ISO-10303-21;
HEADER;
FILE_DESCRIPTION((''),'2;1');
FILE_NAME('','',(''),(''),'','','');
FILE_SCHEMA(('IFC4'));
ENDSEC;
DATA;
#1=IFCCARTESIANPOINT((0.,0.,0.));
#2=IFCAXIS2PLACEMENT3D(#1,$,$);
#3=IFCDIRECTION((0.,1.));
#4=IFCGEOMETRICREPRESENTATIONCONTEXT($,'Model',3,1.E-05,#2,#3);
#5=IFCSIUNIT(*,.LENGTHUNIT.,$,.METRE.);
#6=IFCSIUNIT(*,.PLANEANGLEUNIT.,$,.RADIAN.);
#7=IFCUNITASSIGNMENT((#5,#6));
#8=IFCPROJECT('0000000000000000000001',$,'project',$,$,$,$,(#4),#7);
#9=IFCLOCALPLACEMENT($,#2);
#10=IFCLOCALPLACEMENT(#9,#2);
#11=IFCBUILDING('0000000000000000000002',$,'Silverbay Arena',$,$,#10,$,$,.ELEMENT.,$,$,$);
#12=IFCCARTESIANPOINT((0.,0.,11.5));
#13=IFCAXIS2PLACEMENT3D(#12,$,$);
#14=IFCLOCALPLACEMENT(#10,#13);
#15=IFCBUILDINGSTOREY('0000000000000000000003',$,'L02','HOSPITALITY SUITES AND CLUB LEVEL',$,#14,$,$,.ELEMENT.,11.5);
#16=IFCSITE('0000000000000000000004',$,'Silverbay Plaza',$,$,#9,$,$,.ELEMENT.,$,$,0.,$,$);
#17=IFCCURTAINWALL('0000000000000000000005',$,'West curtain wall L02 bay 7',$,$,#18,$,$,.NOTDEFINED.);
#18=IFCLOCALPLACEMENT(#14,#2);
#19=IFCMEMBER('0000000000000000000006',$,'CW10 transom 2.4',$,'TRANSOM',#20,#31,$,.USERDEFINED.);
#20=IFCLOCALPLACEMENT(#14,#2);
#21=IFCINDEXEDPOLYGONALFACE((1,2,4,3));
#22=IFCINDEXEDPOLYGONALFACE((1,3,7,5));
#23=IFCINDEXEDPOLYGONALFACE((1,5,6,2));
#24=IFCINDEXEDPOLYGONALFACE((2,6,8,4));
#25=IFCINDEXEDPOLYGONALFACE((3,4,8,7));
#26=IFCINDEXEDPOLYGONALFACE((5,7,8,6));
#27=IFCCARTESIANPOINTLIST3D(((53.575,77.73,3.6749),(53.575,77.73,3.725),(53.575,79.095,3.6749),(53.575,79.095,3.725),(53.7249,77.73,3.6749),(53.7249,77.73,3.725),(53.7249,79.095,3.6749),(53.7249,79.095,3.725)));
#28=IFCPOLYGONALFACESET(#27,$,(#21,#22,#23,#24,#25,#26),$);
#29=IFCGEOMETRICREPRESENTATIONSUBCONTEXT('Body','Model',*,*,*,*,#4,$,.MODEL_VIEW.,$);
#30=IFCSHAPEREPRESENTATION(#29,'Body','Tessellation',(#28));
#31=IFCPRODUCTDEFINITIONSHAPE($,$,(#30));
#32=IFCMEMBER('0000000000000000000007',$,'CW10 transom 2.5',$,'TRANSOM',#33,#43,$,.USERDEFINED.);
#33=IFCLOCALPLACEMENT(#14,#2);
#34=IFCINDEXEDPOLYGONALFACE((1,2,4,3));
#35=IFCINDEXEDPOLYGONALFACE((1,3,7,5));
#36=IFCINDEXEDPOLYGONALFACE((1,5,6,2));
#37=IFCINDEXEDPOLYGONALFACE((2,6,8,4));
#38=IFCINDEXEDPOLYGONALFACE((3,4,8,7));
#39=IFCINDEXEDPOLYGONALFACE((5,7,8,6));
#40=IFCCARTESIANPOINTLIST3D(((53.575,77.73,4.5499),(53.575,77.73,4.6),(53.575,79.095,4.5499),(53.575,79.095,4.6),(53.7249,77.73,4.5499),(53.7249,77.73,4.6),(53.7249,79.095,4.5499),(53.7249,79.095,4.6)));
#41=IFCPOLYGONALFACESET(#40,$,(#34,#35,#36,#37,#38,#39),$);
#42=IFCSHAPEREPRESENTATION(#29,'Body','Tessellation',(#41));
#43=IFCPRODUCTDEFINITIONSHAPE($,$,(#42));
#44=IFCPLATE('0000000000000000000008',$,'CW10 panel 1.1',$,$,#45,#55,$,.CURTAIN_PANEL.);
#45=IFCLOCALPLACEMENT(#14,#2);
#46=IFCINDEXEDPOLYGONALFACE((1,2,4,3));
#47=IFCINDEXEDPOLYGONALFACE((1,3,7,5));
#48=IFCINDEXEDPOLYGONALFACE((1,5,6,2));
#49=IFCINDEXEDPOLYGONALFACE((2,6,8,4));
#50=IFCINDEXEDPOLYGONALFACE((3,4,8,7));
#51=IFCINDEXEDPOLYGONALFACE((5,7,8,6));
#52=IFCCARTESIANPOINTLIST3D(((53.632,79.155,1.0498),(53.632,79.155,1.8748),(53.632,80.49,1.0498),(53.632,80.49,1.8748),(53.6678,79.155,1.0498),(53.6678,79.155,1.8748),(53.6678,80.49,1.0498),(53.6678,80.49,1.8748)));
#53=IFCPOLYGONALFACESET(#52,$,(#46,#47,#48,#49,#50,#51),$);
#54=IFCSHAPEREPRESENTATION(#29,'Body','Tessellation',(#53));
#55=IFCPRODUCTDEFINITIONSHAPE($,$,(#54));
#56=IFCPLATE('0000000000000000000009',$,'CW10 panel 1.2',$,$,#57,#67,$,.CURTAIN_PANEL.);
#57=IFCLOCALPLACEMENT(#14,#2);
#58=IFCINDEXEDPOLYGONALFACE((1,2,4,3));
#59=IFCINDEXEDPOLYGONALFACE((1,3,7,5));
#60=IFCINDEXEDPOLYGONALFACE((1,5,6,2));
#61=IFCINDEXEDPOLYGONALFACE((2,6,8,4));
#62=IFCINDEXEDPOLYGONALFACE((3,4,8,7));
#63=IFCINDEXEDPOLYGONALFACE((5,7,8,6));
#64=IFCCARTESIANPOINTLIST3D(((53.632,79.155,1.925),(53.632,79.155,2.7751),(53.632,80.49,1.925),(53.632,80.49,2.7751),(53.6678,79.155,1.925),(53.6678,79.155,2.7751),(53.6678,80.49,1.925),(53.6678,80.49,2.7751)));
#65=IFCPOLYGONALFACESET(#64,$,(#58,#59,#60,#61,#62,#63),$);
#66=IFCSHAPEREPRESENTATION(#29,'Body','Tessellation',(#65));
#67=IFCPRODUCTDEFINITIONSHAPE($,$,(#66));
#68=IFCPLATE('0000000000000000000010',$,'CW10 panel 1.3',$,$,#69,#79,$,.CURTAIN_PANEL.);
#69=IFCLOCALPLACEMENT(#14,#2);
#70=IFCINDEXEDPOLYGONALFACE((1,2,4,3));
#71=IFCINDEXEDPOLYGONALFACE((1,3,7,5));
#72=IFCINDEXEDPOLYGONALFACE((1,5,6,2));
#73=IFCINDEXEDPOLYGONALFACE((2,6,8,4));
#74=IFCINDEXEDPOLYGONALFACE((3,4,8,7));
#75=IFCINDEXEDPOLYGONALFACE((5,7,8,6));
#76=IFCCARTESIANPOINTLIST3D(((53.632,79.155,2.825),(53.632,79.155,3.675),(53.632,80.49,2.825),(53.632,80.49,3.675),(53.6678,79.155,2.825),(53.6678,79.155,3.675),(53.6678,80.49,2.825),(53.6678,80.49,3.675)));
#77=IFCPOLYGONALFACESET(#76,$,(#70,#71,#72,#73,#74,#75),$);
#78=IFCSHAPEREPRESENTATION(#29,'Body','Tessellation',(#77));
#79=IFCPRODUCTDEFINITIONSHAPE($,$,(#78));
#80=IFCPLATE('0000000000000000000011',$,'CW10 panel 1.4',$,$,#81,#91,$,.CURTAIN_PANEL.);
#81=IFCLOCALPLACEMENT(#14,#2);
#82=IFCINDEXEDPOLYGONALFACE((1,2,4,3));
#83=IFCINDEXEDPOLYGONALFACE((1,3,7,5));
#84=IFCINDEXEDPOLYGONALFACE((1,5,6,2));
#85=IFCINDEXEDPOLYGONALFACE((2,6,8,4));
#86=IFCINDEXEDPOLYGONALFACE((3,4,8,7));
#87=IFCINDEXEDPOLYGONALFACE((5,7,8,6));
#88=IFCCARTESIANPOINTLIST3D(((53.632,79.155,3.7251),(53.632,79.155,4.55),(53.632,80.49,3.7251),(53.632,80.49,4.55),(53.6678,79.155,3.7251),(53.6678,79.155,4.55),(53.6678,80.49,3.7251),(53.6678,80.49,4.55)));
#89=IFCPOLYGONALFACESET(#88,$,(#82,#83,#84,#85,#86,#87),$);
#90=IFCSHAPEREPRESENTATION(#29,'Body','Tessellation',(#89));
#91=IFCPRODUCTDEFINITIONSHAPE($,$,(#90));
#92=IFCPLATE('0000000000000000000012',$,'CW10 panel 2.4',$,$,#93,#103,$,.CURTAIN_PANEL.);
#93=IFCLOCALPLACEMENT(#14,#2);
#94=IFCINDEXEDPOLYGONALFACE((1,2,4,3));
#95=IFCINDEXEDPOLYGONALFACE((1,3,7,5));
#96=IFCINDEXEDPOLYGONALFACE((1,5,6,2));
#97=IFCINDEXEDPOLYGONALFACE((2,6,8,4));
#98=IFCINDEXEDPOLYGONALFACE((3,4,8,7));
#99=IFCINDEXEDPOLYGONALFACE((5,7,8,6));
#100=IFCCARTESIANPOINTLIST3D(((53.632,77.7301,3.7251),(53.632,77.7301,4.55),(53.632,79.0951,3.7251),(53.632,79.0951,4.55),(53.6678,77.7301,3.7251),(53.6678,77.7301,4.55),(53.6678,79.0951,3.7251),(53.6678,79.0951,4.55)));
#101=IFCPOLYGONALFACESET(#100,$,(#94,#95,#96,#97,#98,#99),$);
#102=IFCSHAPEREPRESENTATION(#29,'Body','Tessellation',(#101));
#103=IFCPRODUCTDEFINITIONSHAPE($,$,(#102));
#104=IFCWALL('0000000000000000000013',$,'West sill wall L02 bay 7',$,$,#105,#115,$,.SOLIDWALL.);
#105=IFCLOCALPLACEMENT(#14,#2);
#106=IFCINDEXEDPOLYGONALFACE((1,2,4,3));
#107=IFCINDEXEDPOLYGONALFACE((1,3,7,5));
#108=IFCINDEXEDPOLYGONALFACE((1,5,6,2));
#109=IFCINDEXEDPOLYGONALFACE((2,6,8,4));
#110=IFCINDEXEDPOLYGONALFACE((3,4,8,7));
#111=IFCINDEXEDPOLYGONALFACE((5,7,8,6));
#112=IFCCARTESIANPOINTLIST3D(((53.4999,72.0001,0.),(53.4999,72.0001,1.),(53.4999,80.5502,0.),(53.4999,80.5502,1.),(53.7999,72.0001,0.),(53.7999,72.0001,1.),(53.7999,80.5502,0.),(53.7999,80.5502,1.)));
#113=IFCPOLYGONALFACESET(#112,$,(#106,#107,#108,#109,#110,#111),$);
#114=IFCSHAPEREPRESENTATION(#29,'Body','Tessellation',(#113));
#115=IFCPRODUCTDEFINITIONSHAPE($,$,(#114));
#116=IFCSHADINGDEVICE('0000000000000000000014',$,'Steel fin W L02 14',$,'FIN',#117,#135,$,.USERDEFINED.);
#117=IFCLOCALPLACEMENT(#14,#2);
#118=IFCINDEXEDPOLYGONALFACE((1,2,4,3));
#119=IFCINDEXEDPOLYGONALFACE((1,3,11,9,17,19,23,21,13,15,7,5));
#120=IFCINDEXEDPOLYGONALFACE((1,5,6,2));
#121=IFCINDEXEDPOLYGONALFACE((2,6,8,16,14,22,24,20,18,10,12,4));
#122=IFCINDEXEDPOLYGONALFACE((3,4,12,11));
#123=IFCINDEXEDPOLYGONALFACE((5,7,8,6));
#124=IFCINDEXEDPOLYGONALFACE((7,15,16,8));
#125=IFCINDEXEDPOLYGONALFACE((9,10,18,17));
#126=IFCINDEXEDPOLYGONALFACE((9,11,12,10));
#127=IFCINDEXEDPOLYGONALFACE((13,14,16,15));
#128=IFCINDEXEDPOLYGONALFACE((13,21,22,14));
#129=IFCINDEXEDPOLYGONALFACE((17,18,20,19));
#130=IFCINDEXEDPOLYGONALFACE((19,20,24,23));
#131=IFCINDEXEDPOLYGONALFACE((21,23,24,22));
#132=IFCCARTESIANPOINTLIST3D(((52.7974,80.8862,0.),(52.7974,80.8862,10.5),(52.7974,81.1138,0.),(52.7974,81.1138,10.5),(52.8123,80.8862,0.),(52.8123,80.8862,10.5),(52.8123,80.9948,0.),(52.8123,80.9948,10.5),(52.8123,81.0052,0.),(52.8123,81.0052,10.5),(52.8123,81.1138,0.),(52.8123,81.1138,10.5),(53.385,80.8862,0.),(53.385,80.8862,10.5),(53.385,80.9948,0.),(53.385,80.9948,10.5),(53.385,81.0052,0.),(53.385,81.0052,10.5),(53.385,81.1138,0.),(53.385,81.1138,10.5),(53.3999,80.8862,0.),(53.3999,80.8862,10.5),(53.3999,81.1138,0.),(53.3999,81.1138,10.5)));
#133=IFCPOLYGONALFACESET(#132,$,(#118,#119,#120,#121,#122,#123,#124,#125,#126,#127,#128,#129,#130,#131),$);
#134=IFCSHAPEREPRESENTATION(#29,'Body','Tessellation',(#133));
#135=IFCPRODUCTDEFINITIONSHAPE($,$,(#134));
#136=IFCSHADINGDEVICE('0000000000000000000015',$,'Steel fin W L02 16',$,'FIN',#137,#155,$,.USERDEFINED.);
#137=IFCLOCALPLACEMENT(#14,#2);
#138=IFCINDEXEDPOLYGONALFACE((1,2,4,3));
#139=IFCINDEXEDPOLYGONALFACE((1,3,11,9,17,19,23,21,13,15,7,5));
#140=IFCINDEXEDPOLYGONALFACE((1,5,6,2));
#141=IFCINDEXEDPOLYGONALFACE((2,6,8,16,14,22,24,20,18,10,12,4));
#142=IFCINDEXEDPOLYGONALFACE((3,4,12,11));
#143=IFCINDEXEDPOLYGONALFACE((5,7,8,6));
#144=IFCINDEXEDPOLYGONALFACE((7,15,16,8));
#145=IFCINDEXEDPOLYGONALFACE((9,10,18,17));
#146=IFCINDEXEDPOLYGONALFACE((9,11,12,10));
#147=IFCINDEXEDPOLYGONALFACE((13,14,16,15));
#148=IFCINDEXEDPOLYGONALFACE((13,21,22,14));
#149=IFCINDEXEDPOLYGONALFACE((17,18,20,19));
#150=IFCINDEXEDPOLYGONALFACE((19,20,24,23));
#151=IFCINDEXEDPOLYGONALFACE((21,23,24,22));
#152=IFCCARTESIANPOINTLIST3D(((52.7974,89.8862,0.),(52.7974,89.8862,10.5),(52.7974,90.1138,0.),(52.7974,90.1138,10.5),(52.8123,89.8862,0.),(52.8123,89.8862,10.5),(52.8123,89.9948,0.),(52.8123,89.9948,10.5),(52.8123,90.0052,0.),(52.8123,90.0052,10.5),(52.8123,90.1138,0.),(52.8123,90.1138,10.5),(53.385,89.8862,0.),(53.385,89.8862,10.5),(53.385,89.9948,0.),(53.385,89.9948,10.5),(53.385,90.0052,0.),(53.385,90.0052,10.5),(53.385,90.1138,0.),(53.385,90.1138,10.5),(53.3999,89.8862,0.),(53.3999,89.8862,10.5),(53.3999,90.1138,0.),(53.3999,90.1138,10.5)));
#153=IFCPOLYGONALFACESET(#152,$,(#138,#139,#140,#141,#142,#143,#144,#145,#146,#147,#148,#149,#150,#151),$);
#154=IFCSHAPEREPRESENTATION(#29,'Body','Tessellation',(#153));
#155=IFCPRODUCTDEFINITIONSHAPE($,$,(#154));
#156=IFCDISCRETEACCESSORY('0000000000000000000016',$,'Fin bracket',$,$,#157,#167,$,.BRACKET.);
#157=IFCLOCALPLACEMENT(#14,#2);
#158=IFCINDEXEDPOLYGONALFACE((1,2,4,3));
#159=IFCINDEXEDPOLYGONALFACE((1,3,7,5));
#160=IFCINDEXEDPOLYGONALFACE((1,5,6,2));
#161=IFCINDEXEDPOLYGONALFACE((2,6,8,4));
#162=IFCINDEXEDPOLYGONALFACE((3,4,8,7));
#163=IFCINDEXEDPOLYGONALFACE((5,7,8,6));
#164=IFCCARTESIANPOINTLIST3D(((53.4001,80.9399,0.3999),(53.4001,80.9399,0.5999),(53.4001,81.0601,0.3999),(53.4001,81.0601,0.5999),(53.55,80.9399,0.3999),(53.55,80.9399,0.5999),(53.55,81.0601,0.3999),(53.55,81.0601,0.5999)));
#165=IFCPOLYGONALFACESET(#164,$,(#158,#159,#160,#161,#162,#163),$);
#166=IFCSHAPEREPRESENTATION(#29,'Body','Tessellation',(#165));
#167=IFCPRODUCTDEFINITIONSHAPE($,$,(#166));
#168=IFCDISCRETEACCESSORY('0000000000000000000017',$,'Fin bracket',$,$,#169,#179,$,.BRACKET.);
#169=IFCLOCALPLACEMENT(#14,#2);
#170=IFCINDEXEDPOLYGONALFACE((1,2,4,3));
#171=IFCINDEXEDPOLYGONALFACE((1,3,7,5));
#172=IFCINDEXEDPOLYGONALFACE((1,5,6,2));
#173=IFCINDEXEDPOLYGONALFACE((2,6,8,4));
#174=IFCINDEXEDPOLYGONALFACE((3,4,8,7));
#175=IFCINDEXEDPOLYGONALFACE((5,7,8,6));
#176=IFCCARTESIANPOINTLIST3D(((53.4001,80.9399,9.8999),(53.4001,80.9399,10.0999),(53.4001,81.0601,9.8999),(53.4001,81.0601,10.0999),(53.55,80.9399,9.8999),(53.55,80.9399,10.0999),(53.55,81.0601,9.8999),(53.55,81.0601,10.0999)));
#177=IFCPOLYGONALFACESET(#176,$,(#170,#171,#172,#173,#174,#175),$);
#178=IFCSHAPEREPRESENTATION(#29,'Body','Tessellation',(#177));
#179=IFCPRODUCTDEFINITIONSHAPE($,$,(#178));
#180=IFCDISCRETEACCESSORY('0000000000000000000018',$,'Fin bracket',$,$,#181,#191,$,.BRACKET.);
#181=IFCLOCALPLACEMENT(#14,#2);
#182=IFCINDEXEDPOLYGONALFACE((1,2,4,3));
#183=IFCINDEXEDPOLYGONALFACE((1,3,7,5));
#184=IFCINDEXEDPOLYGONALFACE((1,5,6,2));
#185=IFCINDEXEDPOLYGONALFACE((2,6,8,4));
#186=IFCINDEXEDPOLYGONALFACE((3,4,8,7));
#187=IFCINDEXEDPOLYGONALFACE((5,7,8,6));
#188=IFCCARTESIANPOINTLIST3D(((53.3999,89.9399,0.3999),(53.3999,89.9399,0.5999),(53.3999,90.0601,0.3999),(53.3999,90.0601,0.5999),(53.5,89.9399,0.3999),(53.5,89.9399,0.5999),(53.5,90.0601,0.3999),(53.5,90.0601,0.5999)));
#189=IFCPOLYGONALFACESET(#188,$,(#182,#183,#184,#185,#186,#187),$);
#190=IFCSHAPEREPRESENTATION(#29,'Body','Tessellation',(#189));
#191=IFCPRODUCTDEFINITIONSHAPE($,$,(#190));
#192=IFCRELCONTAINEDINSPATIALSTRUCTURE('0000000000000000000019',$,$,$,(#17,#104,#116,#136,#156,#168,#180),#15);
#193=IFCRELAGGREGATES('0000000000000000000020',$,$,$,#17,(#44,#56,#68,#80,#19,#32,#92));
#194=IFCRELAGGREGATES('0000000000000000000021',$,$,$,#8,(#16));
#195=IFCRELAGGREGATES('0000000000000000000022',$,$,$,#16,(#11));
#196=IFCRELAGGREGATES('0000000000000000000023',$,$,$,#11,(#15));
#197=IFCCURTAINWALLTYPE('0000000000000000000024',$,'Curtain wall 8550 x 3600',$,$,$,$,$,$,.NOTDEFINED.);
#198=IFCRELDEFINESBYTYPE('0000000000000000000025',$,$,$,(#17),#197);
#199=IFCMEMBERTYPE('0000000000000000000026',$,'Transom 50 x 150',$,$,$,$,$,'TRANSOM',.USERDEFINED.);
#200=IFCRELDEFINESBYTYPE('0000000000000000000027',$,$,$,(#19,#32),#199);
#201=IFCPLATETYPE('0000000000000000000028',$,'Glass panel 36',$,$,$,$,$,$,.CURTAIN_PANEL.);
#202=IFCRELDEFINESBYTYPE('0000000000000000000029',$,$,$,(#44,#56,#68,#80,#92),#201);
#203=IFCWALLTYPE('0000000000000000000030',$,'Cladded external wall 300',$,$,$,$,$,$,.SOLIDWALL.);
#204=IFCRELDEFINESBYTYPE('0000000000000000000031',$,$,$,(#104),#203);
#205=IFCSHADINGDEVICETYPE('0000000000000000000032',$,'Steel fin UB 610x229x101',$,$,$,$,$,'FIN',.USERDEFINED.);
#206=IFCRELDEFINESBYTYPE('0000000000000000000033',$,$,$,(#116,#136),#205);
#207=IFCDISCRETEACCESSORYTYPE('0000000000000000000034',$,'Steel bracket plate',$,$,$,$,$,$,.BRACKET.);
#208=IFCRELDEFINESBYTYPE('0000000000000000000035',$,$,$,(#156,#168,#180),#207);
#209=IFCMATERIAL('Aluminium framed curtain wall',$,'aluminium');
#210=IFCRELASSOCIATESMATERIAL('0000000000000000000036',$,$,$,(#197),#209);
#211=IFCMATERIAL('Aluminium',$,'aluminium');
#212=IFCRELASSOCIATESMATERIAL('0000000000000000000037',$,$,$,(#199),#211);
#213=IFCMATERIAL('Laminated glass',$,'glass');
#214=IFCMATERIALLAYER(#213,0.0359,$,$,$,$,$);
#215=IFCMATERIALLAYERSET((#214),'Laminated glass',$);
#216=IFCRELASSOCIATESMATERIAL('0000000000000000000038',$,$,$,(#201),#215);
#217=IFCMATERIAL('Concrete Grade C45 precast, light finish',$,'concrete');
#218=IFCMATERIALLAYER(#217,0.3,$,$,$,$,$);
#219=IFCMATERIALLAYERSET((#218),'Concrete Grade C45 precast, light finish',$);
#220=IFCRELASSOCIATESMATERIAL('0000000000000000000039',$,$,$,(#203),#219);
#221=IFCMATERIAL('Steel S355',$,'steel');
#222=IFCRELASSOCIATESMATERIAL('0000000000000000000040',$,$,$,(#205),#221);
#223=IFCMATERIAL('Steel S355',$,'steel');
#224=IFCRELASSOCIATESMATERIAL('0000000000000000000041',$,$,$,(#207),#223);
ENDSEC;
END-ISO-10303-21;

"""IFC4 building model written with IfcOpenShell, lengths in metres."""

from ifc_helpers import new_model, si_unit, direction, frame, frame_2d, origin, origin_2d, place, context, subcontext, project, spatial, rectangle, i_section, extrude, material, layer, layer_set, material_profile, profile_set, type_object, element, aggregate, save


model = new_model("IFC4")

# Units and contexts
model_context = context("Model", 3, precision=1e-05, world=origin(), true_north=direction((0.0, 1.0)))
body_context = subcontext(model_context, "Body", "Model", "MODEL_VIEW")
ifc_project = project(units=[si_unit("LENGTHUNIT", "METRE"), si_unit("PLANEANGLEUNIT", "RADIAN")], contexts=[model_context])

# Site, building, storey
site_placement = place(None, origin())
site = spatial("IfcSite", under=ifc_project, at=site_placement, Name="Silverbay Plaza", CompositionType="ELEMENT", RefElevation=0.0)
building_placement = place(site_placement, origin())
building = spatial("IfcBuilding", under=site, at=building_placement, Name="Silverbay Arena", CompositionType="ELEMENT")
storey_placement = place(building_placement, frame((0.0, 0.0, 11.5)))
storey = spatial("IfcBuildingStorey", under=building, at=storey_placement, Name="L02", Description="HOSPITALITY SUITES AND CLUB LEVEL", CompositionType="ELEMENT", Elevation=11.5)

# Curtain wall
ifc_material_1 = material(Name="Aluminium framed curtain wall", Category="aluminium")
curtain_wall_type = type_object("IfcCurtainWallType", Name="Curtain wall 8550 x 3600", PredefinedType="NOTDEFINED", material=ifc_material_1)
curtain_wall_placement = place(storey_placement, origin())
curtain_wall = element("IfcCurtainWall", 1, at=curtain_wall_placement, inside=storey, type_object=curtain_wall_type, Name="West curtain wall L02 bay 7", PredefinedType="NOTDEFINED")

# Members
ifc_material_2 = material(Name="Aluminium", Category="aluminium")
ifc_material_profile_1 = material_profile(ifc_material_2, rectangle(XDim=0.1499, YDim=0.05, at=origin_2d()), Name="Transom 50 x 150")
ifc_profile_set_1 = profile_set([ifc_material_profile_1], Name="Aluminium")
member_type_1 = type_object("IfcMemberType", Name="Transom 50 x 150", ElementType="TRANSOM", PredefinedType="USERDEFINED", material=ifc_profile_set_1)
member_1_placement = place(storey_placement, frame((53.6499, 79.095, 3.7), z_axis=(0.0, -1.0, 0.0), x_axis=(1.0, 0.0, 0.0)))
member_1 = element("IfcMember", 2, at=member_1_placement, type_object=member_type_1, Name="CW10 transom 2.4", ObjectType="TRANSOM", PredefinedType="USERDEFINED", context=body_context, shape_type="SweptSolid", body=[
    extrude(rectangle(XDim=0.1499, YDim=0.05, at=origin_2d()), origin(), (0.0, 0.0, 1.0), 1.365),
])
member_2_placement = place(storey_placement, frame((53.6499, 79.095, 4.575), z_axis=(0.0, -1.0, 0.0), x_axis=(1.0, 0.0, 0.0)))
member_2 = element("IfcMember", 3, at=member_2_placement, type_object=member_type_1, Name="CW10 transom 2.5", ObjectType="TRANSOM", PredefinedType="USERDEFINED", context=body_context, shape_type="SweptSolid", body=[
    extrude(rectangle(XDim=0.1499, YDim=0.05, at=origin_2d()), origin(), (0.0, 0.0, 1.0), 1.365),
])

# Plates
ifc_material_3 = material(Name="Laminated glass", Category="glass")
ifc_layer_1 = layer(ifc_material_3, 0.0359)
ifc_layer_set_1 = layer_set([ifc_layer_1], Name="Laminated glass")
plate_type = type_object("IfcPlateType", Name="Glass panel 36", PredefinedType="CURTAIN_PANEL", material=ifc_layer_set_1)
plate_1_placement = place(storey_placement, frame((53.6499, 79.8225, 1.0498), z_axis=(0.0, 0.0, 1.0), x_axis=(0.0, -1.0, 0.0)))
plate_1 = element("IfcPlate", 4, at=plate_1_placement, type_object=plate_type, Name="CW10 panel 1.1", PredefinedType="CURTAIN_PANEL", context=body_context, shape_type="SweptSolid", body=[
    extrude(rectangle(XDim=1.335, YDim=0.0359, at=origin_2d()), origin(), (0.0, 0.0, 1.0), 0.825),
])
plate_2_placement = place(storey_placement, frame((53.6499, 79.8225, 1.925), z_axis=(0.0, 0.0, 1.0), x_axis=(0.0, -1.0, 0.0)))
plate_2 = element("IfcPlate", 5, at=plate_2_placement, type_object=plate_type, Name="CW10 panel 1.2", PredefinedType="CURTAIN_PANEL", context=body_context, shape_type="SweptSolid", body=[
    extrude(rectangle(XDim=1.335, YDim=0.0359, at=origin_2d()), origin(), (0.0, 0.0, 1.0), 0.8501),
])
plate_3_placement = place(storey_placement, frame((53.6499, 79.8225, 2.825), z_axis=(0.0, 0.0, 1.0), x_axis=(0.0, -1.0, 0.0)))
plate_3 = element("IfcPlate", 6, at=plate_3_placement, type_object=plate_type, Name="CW10 panel 1.3", PredefinedType="CURTAIN_PANEL", context=body_context, shape_type="SweptSolid", body=[
    extrude(rectangle(XDim=1.335, YDim=0.0359, at=origin_2d()), origin(), (0.0, 0.0, 1.0), 0.8501),
])
plate_4_placement = place(storey_placement, frame((53.6499, 79.8225, 3.7251), z_axis=(0.0, 0.0, 1.0), x_axis=(0.0, -1.0, 0.0)))
plate_4 = element("IfcPlate", 7, at=plate_4_placement, type_object=plate_type, Name="CW10 panel 1.4", PredefinedType="CURTAIN_PANEL", context=body_context, shape_type="SweptSolid", body=[
    extrude(rectangle(XDim=1.335, YDim=0.0359, at=origin_2d()), origin(), (0.0, 0.0, 1.0), 0.825),
])
plate_5_placement = place(storey_placement, frame((53.6499, 78.4126, 3.7251), z_axis=(0.0, 0.0, 1.0), x_axis=(0.0, -1.0, 0.0)))
plate_5 = element("IfcPlate", 8, at=plate_5_placement, type_object=plate_type, Name="CW10 panel 2.4", PredefinedType="CURTAIN_PANEL", context=body_context, shape_type="SweptSolid", body=[
    extrude(rectangle(XDim=1.365, YDim=0.0359, at=origin_2d()), origin(), (0.0, 0.0, 1.0), 0.825),
])
aggregate(curtain_wall, [plate_1, plate_2, plate_3, plate_4, member_1, member_2, plate_5])

# Wall
ifc_material_4 = material(Name="Concrete Grade C45 precast, light finish", Category="concrete")
ifc_layer_2 = layer(ifc_material_4, 0.3)
ifc_layer_set_2 = layer_set([ifc_layer_2], Name="Concrete Grade C45 precast, light finish")
wall_type = type_object("IfcWallType", Name="Cladded external wall 300", PredefinedType="SOLIDWALL", material=ifc_layer_set_2)
wall_placement = place(storey_placement, frame((53.6499, 80.55, 0.0), z_axis=(0.0, 0.0, 1.0), x_axis=(0.0, -1.0, 0.0)))
element("IfcWall", 9, at=wall_placement, inside=storey, type_object=wall_type, Name="West sill wall L02 bay 7", PredefinedType="SOLIDWALL", context=body_context, shape_type="SweptSolid", body=[
    extrude(rectangle(XDim=8.55, YDim=0.3, at=frame_2d((4.2749, 0.0))), origin(), (0.0, 0.0, 1.0), 1.0),
])

# Shading devices
ifc_material_5 = material(Name="Steel S355", Category="steel")
ifc_material_profile_2 = material_profile(ifc_material_5, i_section(OverallWidth=0.2275, OverallDepth=0.6025, WebThickness=0.0105, FlangeThickness=0.0149, at=origin_2d()), Name="UB 610x229x101")
ifc_profile_set_2 = profile_set([ifc_material_profile_2], Name="Steel S355")
shading_device_type = type_object("IfcShadingDeviceType", Name="Steel fin UB 610x229x101", ElementType="FIN", PredefinedType="USERDEFINED", material=ifc_profile_set_2)
for number, where, z_axis, x_axis, name in (
    (10, (53.0986, 81.0, 0.0), (0.0, 0.0, 1.0), (0.0, 1.0, 0.0), "Steel fin W L02 14"),
    (11, (53.0986, 90.0, 0.0), (0.0, 0.0, 1.0), (0.0, 1.0, 0.0), "Steel fin W L02 16"),
):
    element("IfcShadingDevice", number, at=place(storey_placement, frame(where, z_axis=z_axis, x_axis=x_axis)), inside=storey, type_object=shading_device_type, Name=name, ObjectType="FIN", PredefinedType="USERDEFINED", context=body_context, shape_type="SweptSolid", body=[
        extrude(i_section(OverallWidth=0.2275, OverallDepth=0.6025, WebThickness=0.0105, FlangeThickness=0.0149, at=origin_2d()), origin(), (0.0, 0.0, 1.0), 10.5),
    ])

# Discrete accessories
ifc_material_6 = material(Name="Steel S355", Category="steel")
discrete_accessory_type = type_object("IfcDiscreteAccessoryType", Name="Steel bracket plate", PredefinedType="BRACKET", material=ifc_material_6)
for number, where, z_axis, x_axis, name in (
    (12, (53.4751, 81.0, 0.3999), (0.0, 0.0, 1.0), (1.0, 0.0, 0.0), "Fin bracket"),
    (13, (53.4751, 81.0, 9.8999), (0.0, 0.0, 1.0), (1.0, 0.0, 0.0), "Fin bracket"),
):
    element("IfcDiscreteAccessory", number, at=place(storey_placement, frame(where, z_axis=z_axis, x_axis=x_axis)), inside=storey, type_object=discrete_accessory_type, Name=name, PredefinedType="BRACKET", context=body_context, shape_type="SweptSolid", body=[
        extrude(rectangle(XDim=0.1499, YDim=0.1201, at=origin_2d()), origin(), (0.0, 0.0, 1.0), 0.2),
    ])
for number, where, z_axis, x_axis, name in (
    (14, (53.45, 90.0, 0.3999), (0.0, 0.0, 1.0), (1.0, 0.0, 0.0), "Fin bracket"),
):
    element("IfcDiscreteAccessory", number, at=place(storey_placement, frame(where, z_axis=z_axis, x_axis=x_axis)), inside=storey, type_object=discrete_accessory_type, Name=name, PredefinedType="BRACKET", context=body_context, shape_type="SweptSolid", body=[
        extrude(rectangle(XDim=0.1001, YDim=0.1201, at=origin_2d()), origin(), (0.0, 0.0, 1.0), 0.2),
    ])

save(model, "model.ifc")
